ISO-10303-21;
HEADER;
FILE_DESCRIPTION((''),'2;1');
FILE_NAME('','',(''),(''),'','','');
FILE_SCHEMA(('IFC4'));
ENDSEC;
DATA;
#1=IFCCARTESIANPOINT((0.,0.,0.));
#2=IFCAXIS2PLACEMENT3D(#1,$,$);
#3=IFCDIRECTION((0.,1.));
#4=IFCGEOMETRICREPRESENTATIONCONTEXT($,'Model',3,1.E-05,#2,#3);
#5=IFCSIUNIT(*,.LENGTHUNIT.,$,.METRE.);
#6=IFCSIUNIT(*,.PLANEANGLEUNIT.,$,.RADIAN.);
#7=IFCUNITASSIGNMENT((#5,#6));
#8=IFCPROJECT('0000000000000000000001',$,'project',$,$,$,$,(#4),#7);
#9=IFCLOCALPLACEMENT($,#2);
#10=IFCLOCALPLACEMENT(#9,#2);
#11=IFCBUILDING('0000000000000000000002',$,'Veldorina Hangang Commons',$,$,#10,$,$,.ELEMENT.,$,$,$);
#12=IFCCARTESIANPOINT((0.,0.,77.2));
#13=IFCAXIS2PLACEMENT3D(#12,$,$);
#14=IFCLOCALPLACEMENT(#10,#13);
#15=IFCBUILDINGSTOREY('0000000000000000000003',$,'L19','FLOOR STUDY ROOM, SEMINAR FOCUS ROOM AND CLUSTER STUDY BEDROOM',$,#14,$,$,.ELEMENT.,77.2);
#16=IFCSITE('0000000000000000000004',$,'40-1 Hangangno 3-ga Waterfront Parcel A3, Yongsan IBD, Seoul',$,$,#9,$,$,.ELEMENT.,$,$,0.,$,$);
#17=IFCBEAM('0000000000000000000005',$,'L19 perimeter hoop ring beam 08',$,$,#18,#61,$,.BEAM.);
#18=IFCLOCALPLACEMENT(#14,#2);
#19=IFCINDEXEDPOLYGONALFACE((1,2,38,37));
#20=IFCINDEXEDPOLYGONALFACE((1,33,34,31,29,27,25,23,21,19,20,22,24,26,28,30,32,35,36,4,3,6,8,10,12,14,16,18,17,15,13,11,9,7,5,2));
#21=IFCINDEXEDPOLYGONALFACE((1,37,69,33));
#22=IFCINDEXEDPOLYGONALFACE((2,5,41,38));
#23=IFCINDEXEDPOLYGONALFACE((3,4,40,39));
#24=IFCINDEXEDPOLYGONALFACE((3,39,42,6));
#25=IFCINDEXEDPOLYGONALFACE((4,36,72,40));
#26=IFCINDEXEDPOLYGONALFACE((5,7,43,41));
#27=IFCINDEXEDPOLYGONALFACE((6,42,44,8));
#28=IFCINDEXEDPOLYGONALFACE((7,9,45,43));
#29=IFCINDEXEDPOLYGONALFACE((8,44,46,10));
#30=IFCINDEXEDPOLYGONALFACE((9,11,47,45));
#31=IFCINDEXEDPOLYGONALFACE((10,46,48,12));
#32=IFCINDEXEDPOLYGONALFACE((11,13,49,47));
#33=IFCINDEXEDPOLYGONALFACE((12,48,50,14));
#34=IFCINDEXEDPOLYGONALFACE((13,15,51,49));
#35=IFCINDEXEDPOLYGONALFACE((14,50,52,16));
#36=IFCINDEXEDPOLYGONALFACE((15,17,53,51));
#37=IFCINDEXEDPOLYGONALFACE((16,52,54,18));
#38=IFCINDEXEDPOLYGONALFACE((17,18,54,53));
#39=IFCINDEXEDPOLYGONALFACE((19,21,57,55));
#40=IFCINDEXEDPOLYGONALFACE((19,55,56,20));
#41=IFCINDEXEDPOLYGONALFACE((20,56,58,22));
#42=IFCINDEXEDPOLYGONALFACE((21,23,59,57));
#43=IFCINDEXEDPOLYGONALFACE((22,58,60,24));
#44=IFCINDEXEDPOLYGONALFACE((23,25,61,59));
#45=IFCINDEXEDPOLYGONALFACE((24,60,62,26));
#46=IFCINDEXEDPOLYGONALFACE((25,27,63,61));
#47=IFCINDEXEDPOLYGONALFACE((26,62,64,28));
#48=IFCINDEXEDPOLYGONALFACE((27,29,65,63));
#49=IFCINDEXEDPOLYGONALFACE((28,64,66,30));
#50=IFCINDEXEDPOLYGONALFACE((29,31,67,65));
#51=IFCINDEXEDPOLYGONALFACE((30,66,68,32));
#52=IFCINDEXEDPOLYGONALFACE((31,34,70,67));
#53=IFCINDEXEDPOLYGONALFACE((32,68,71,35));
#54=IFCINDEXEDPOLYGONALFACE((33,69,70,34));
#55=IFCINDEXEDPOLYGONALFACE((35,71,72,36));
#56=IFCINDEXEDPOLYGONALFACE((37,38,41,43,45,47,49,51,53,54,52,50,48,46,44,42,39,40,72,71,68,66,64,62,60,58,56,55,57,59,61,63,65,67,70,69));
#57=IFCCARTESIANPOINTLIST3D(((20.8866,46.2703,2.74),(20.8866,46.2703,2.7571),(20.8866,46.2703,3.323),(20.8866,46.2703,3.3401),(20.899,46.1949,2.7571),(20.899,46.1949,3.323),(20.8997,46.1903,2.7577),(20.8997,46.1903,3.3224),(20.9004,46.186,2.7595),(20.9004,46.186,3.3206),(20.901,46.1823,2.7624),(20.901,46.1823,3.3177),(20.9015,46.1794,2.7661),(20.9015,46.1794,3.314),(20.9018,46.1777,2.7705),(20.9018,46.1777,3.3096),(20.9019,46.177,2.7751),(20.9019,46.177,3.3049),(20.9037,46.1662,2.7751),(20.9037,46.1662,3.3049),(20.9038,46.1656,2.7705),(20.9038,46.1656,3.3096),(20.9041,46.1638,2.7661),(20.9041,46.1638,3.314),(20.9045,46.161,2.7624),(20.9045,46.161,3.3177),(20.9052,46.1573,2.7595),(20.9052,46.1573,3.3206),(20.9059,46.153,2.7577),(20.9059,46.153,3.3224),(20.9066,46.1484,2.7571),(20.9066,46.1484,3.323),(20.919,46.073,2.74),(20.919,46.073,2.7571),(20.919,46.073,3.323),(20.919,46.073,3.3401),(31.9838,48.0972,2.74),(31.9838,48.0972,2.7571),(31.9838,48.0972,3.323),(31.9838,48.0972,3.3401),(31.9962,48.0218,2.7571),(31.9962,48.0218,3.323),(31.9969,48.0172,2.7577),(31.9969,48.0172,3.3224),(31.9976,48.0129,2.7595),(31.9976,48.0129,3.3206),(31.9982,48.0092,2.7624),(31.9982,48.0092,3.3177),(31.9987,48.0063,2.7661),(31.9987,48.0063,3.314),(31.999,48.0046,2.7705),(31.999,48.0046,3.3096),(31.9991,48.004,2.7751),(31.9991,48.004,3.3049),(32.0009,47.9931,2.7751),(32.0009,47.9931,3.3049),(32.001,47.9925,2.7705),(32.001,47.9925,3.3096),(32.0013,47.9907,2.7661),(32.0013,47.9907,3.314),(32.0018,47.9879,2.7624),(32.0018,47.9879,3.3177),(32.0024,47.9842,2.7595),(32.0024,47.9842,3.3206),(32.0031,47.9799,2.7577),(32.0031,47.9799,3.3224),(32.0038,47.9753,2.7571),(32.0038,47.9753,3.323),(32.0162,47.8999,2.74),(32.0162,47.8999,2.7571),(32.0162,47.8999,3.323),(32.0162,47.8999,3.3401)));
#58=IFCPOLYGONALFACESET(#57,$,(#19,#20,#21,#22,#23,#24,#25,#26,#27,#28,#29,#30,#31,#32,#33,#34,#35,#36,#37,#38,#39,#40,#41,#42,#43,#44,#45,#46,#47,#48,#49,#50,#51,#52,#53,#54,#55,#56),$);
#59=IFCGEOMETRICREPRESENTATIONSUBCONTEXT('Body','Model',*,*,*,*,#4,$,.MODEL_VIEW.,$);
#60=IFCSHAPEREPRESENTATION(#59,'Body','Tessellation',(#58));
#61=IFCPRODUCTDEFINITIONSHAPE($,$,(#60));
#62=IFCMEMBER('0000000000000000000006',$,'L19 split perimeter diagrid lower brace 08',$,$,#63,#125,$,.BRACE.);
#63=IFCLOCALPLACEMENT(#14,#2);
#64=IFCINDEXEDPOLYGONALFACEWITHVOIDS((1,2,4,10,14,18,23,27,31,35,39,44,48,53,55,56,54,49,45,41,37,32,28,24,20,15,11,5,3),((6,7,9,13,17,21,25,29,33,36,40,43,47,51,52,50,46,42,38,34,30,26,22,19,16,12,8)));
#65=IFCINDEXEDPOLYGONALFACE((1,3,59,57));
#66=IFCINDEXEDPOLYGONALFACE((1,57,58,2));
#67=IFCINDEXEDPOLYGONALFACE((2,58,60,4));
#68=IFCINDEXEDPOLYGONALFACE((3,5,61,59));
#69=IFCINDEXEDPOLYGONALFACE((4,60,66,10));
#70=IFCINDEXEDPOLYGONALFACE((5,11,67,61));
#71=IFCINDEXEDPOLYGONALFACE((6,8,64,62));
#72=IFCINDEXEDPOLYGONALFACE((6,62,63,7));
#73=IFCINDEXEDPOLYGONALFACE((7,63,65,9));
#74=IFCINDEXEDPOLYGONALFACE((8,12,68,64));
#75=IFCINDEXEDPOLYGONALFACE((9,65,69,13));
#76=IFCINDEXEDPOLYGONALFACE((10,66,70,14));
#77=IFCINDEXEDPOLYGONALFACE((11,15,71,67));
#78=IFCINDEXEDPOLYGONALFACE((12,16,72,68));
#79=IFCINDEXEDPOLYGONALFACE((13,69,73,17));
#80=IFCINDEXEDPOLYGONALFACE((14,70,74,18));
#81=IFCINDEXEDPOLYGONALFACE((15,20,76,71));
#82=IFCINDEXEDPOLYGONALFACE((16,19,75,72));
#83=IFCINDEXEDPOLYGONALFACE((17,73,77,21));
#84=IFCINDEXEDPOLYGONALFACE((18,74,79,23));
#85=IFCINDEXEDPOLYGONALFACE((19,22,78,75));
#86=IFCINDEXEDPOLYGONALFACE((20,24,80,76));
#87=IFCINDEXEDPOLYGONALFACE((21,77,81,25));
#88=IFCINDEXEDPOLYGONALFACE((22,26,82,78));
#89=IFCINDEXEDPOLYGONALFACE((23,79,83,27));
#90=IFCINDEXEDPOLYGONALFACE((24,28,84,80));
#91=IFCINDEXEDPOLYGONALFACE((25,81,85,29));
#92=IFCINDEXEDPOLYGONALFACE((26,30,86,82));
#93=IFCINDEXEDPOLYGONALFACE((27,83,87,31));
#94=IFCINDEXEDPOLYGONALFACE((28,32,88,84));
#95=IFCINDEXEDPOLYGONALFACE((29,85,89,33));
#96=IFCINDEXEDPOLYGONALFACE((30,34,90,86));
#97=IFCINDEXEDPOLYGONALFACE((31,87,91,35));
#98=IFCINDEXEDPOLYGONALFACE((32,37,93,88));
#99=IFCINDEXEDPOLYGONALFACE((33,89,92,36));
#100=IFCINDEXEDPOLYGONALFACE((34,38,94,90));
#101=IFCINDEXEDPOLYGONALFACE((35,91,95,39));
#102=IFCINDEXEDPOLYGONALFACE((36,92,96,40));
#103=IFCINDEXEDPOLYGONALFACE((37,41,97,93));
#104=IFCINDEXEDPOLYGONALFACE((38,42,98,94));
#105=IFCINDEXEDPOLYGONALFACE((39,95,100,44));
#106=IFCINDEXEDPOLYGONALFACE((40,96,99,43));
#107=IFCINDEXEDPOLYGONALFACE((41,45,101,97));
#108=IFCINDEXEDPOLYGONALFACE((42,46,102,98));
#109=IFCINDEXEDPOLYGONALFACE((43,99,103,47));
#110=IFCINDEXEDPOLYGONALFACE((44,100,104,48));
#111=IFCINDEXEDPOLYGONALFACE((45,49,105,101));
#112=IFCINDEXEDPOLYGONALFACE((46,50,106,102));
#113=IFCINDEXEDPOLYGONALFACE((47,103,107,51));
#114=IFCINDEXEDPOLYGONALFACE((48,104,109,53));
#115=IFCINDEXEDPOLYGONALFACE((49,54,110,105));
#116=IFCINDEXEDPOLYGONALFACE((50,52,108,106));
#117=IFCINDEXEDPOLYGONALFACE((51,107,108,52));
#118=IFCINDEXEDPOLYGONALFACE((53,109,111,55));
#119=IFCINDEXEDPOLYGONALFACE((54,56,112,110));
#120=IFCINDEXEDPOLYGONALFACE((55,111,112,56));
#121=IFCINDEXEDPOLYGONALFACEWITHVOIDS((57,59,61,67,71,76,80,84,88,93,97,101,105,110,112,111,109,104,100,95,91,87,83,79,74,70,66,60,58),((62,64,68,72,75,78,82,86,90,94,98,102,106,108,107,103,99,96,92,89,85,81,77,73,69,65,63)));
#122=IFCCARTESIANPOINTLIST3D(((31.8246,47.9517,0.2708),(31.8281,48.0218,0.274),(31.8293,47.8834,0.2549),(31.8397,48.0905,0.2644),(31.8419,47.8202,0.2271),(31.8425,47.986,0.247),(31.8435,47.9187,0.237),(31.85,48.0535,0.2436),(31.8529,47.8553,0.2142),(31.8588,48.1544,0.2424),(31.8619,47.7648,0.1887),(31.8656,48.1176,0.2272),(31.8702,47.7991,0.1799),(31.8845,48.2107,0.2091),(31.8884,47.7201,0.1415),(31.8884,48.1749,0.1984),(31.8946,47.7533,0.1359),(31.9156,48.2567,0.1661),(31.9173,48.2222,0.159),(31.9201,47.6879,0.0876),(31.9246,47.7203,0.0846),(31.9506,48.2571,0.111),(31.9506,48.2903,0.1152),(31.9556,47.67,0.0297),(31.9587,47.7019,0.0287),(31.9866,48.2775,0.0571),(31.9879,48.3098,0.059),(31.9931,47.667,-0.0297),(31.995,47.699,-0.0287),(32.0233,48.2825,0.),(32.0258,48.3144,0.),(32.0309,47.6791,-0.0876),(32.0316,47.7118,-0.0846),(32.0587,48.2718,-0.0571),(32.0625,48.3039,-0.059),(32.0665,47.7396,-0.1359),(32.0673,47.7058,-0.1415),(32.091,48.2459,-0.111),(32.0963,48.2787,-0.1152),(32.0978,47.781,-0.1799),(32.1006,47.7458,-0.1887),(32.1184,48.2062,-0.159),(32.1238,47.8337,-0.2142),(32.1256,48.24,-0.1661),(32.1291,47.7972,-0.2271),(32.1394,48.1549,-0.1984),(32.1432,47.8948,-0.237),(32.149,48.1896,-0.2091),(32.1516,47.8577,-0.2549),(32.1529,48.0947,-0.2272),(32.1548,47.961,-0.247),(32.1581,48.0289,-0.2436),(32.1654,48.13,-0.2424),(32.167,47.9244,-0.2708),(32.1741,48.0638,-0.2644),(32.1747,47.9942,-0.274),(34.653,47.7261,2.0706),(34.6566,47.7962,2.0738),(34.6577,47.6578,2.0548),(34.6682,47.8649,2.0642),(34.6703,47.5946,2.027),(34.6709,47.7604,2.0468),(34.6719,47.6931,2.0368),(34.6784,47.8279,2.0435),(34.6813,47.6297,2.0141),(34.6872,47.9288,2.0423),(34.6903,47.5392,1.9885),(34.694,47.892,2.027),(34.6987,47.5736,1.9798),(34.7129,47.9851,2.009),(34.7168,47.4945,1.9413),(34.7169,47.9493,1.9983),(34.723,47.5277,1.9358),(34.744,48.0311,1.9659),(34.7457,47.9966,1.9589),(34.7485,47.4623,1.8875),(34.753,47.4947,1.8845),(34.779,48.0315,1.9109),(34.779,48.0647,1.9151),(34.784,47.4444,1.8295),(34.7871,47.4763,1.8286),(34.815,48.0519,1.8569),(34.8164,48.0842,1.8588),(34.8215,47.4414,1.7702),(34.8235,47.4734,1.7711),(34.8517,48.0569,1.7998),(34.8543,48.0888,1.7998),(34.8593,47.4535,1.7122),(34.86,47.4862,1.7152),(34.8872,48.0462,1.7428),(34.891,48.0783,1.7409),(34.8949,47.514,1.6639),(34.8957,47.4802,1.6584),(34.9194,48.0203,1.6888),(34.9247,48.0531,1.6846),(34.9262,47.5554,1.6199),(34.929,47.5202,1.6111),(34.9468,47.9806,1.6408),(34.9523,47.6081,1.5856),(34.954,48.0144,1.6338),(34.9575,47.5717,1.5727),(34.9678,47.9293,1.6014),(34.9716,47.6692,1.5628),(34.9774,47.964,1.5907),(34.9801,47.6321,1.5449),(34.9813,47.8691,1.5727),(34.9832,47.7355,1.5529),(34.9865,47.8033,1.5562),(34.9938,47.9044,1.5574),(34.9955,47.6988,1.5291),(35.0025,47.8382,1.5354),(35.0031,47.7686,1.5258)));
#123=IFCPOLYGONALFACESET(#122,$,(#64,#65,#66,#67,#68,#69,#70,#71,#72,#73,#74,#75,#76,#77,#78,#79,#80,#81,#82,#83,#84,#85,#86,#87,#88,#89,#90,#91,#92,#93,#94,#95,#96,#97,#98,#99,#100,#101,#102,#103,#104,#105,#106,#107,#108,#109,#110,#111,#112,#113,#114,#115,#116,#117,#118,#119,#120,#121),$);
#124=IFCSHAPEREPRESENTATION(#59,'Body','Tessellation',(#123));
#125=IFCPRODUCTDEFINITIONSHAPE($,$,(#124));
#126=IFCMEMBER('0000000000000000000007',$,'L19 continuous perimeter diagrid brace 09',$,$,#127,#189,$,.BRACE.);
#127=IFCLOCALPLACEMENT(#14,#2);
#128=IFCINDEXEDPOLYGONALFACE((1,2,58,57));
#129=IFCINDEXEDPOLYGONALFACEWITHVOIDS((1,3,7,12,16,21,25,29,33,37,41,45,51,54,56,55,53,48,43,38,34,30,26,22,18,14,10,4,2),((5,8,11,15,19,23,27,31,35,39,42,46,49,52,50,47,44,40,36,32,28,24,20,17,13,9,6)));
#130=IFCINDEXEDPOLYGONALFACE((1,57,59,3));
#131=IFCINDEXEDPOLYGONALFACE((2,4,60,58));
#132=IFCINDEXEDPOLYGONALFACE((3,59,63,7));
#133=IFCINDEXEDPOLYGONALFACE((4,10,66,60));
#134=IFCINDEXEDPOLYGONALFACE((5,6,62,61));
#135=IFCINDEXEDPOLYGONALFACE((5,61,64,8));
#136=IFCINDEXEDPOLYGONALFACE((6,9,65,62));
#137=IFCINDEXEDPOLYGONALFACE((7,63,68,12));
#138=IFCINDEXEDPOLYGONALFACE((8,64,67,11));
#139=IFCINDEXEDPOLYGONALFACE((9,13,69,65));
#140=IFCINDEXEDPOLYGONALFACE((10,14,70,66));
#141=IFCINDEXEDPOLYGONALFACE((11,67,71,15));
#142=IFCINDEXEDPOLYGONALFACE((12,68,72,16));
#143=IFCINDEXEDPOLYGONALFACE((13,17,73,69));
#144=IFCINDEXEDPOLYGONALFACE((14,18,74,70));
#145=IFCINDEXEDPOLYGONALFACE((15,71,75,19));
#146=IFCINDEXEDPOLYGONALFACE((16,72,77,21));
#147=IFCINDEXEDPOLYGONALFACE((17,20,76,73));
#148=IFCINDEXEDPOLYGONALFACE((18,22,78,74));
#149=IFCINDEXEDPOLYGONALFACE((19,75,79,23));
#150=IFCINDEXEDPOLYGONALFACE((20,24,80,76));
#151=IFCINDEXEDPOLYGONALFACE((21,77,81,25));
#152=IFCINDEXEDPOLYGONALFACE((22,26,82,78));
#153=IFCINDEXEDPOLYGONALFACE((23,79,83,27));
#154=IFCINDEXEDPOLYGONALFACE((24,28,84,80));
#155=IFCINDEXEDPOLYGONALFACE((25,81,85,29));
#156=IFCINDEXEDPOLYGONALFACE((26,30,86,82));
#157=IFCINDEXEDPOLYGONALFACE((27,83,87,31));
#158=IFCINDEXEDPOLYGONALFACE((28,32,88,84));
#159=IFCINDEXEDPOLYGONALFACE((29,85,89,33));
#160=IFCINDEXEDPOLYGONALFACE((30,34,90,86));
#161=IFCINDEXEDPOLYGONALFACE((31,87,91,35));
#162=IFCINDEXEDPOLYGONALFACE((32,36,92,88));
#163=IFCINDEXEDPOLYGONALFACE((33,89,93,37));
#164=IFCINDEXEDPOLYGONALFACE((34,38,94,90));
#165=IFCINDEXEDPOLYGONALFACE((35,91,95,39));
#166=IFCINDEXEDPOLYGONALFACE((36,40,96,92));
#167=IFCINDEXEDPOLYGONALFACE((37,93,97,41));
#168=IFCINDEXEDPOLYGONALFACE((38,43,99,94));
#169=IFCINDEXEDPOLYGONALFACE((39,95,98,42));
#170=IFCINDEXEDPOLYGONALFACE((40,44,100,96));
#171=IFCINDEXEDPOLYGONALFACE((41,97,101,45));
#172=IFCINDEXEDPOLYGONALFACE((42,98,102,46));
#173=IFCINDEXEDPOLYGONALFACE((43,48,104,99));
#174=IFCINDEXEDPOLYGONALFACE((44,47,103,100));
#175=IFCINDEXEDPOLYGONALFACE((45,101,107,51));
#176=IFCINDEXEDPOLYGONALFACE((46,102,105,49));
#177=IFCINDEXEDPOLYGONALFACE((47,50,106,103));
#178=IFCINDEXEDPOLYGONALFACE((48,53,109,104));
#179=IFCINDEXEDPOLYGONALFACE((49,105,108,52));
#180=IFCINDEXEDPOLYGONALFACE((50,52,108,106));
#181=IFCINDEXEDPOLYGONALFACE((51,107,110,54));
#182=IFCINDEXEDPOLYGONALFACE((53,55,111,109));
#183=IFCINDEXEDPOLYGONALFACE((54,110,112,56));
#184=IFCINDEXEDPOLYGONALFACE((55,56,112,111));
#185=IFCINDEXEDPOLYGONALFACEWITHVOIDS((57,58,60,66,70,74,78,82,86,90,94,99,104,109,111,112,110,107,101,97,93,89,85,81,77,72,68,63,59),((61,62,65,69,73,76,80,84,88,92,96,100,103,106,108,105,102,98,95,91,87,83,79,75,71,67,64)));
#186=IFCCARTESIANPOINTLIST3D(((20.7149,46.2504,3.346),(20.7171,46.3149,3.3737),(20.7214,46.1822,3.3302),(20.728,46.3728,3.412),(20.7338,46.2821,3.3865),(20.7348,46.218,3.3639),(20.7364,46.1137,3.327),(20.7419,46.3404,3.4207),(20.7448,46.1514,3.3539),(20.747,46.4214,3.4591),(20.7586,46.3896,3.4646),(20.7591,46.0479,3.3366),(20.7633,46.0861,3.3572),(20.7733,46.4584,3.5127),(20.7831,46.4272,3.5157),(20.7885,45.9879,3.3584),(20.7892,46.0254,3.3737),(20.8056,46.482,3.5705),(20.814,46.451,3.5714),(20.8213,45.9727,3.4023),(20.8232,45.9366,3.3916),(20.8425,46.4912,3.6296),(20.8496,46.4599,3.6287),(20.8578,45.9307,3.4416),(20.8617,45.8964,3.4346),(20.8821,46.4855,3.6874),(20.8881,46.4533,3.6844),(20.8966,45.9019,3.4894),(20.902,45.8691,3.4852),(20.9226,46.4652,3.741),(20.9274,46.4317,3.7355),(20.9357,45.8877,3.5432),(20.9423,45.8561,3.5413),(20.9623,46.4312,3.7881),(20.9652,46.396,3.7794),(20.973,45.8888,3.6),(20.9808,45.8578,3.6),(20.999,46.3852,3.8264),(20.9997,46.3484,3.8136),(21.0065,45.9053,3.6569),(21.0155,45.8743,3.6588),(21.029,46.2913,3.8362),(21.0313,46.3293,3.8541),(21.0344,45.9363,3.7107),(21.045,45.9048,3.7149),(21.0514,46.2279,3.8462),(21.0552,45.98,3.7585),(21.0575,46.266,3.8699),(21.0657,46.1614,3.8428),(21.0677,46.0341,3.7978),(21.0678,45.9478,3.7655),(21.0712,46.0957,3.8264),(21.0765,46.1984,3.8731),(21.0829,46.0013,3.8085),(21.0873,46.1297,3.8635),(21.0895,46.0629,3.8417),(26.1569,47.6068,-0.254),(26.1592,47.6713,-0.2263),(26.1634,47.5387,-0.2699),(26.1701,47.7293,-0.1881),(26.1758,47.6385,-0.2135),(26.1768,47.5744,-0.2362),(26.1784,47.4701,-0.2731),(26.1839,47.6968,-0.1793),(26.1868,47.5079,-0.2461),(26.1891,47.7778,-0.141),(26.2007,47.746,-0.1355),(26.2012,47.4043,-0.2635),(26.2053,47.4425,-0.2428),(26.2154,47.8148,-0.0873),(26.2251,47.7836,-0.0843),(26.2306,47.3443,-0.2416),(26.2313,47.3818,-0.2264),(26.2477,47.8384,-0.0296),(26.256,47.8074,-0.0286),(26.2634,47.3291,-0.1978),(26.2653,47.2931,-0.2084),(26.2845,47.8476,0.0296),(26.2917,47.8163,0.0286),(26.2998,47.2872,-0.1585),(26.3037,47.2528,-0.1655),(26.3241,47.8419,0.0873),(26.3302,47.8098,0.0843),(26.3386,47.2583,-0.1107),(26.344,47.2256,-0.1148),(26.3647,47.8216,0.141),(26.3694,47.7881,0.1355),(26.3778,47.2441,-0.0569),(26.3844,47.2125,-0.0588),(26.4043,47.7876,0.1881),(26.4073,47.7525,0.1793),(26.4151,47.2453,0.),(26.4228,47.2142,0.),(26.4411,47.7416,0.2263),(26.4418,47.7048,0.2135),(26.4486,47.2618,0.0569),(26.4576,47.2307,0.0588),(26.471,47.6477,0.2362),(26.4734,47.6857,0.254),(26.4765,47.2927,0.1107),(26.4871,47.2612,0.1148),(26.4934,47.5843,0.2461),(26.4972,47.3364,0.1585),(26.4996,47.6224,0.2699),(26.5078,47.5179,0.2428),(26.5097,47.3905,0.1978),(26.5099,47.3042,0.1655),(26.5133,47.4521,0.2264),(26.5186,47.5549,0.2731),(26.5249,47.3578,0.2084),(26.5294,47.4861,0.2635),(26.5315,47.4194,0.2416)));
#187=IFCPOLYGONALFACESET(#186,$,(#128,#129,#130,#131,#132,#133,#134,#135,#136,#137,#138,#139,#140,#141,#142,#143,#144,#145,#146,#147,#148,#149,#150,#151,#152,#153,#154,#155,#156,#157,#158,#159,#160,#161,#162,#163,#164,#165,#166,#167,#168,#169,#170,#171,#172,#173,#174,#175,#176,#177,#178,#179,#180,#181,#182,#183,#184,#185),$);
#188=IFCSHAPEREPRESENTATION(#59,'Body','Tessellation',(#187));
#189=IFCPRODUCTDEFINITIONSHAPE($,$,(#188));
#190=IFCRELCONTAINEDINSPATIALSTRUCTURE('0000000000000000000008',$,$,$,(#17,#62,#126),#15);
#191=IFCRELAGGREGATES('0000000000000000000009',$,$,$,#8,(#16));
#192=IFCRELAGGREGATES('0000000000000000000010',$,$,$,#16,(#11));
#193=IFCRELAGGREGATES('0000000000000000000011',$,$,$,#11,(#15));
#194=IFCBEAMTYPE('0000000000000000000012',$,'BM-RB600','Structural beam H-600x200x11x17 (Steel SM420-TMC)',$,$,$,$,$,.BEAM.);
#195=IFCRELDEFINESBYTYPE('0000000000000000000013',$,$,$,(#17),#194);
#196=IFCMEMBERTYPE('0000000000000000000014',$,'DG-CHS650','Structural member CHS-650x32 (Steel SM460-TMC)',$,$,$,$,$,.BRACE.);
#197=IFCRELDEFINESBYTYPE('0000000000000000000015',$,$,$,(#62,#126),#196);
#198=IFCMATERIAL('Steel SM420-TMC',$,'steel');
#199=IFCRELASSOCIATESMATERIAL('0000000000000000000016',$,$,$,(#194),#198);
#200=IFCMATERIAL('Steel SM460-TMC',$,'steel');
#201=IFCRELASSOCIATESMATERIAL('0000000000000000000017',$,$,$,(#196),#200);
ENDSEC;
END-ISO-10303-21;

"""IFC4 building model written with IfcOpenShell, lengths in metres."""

from ifc_helpers import new_model, si_unit, direction, frame, origin, origin_2d, place, context, subcontext, project, spatial, hollow_circle, i_section, extrude, material, material_profile, profile_set, type_object, element, save


model = new_model("IFC4")

# Units and contexts
model_context = context("Model", 3, precision=1e-05, world=origin(), true_north=direction((0.0, 1.0)))
body_context = subcontext(model_context, "Body", "Model", "MODEL_VIEW")
ifc_project = project(units=[si_unit("LENGTHUNIT", "METRE"), si_unit("PLANEANGLEUNIT", "RADIAN")], contexts=[model_context])

# Site, building, storey
site_placement = place(None, origin())
site = spatial("IfcSite", under=ifc_project, at=site_placement, Name="40-1 Hangangno 3-ga Waterfront Parcel A3, Yongsan IBD, Seoul", CompositionType="ELEMENT", RefElevation=0.0)
building_placement = place(site_placement, origin())
building = spatial("IfcBuilding", under=site, at=building_placement, Name="Veldorina Hangang Commons", CompositionType="ELEMENT")
storey_placement = place(building_placement, frame((0.0, 0.0, 77.2)))
storey = spatial("IfcBuildingStorey", under=building, at=storey_placement, Name="L19", Description="FLOOR STUDY ROOM, SEMINAR FOCUS ROOM AND CLUSTER STUDY BEDROOM", CompositionType="ELEMENT", Elevation=77.2)

# Beam
ifc_material_1 = material(Name="Steel SM420-TMC", Category="steel")
ifc_material_profile_1 = material_profile(ifc_material_1, i_section(OverallWidth=0.2, OverallDepth=0.6001, WebThickness=0.011, FlangeThickness=0.0171, FilletRadius=0.0181, at=origin_2d()), Name="H-600x200x11x17")
ifc_profile_set_1 = profile_set([ifc_material_profile_1], Name="Steel SM420-TMC")
beam_type_1 = type_object("IfcBeamType", Name="BM-RB600", Description="Structural beam H-600x200x11x17 (Steel SM420-TMC)", PredefinedType="BEAM", material=ifc_profile_set_1)
beam_1_placement = place(storey_placement, frame((32.0, 47.9985, 3.04), z_axis=(-0.986718, -0.162441, 0.0), x_axis=(0.162441, -0.986718, 0.0)))
element("IfcBeam", 1, at=beam_1_placement, inside=storey, type_object=beam_type_1, Name="L19 perimeter hoop ring beam 08", PredefinedType="BEAM", context=body_context, shape_type="SweptSolid", body=[
    extrude(i_section(OverallWidth=0.2, OverallDepth=0.6001, WebThickness=0.011, FlangeThickness=0.0171, FilletRadius=0.0181, at=origin_2d()), origin(), (0.0, 0.0, 1.0), 11.2466),
])

# Members
ifc_material_2 = material(Name="Steel SM460-TMC", Category="steel")
ifc_material_profile_2 = material_profile(ifc_material_2, hollow_circle(Radius=0.325, WallThickness=0.032, at=origin_2d()), Name="CHS-650x32")
ifc_profile_set_2 = profile_set([ifc_material_profile_2], Name="Steel SM460-TMC")
member_type = type_object("IfcMemberType", Name="DG-CHS650", Description="Structural member CHS-650x32 (Steel SM460-TMC)", PredefinedType="BRACE", material=ifc_profile_set_2)
member_1_placement = place(storey_placement, frame((32.0, 47.9905, 0.0), z_axis=(0.841767, -0.067138, 0.53565), x_axis=(0.079506, 0.996834, 0.0)))
element("IfcMember", 2, at=member_1_placement, inside=storey, type_object=member_type, Name="L19 split perimeter diagrid lower brace 08", PredefinedType="BRACE", context=body_context, shape_type="SweptSolid", body=[
    extrude(hollow_circle(Radius=0.325, WallThickness=0.032, at=origin_2d()), origin(), (0.0, 0.0, 1.0), 3.3601),
])
member_2_placement = place(storey_placement, frame((26.3442, 47.5295, 0.0), z_axis=(-0.816568, -0.203528, 0.540178), x_axis=(0.241849, -0.970314, 0.0)))
element("IfcMember", 3, at=member_2_placement, inside=storey, type_object=member_type, Name="L19 continuous perimeter diagrid brace 09", PredefinedType="BRACE", context=body_context, shape_type="SweptSolid", body=[
    extrude(hollow_circle(Radius=0.325, WallThickness=0.032, at=origin_2d()), origin(), (0.0, 0.0, 1.0), 6.6646),
])

save(model, "model.ifc")
